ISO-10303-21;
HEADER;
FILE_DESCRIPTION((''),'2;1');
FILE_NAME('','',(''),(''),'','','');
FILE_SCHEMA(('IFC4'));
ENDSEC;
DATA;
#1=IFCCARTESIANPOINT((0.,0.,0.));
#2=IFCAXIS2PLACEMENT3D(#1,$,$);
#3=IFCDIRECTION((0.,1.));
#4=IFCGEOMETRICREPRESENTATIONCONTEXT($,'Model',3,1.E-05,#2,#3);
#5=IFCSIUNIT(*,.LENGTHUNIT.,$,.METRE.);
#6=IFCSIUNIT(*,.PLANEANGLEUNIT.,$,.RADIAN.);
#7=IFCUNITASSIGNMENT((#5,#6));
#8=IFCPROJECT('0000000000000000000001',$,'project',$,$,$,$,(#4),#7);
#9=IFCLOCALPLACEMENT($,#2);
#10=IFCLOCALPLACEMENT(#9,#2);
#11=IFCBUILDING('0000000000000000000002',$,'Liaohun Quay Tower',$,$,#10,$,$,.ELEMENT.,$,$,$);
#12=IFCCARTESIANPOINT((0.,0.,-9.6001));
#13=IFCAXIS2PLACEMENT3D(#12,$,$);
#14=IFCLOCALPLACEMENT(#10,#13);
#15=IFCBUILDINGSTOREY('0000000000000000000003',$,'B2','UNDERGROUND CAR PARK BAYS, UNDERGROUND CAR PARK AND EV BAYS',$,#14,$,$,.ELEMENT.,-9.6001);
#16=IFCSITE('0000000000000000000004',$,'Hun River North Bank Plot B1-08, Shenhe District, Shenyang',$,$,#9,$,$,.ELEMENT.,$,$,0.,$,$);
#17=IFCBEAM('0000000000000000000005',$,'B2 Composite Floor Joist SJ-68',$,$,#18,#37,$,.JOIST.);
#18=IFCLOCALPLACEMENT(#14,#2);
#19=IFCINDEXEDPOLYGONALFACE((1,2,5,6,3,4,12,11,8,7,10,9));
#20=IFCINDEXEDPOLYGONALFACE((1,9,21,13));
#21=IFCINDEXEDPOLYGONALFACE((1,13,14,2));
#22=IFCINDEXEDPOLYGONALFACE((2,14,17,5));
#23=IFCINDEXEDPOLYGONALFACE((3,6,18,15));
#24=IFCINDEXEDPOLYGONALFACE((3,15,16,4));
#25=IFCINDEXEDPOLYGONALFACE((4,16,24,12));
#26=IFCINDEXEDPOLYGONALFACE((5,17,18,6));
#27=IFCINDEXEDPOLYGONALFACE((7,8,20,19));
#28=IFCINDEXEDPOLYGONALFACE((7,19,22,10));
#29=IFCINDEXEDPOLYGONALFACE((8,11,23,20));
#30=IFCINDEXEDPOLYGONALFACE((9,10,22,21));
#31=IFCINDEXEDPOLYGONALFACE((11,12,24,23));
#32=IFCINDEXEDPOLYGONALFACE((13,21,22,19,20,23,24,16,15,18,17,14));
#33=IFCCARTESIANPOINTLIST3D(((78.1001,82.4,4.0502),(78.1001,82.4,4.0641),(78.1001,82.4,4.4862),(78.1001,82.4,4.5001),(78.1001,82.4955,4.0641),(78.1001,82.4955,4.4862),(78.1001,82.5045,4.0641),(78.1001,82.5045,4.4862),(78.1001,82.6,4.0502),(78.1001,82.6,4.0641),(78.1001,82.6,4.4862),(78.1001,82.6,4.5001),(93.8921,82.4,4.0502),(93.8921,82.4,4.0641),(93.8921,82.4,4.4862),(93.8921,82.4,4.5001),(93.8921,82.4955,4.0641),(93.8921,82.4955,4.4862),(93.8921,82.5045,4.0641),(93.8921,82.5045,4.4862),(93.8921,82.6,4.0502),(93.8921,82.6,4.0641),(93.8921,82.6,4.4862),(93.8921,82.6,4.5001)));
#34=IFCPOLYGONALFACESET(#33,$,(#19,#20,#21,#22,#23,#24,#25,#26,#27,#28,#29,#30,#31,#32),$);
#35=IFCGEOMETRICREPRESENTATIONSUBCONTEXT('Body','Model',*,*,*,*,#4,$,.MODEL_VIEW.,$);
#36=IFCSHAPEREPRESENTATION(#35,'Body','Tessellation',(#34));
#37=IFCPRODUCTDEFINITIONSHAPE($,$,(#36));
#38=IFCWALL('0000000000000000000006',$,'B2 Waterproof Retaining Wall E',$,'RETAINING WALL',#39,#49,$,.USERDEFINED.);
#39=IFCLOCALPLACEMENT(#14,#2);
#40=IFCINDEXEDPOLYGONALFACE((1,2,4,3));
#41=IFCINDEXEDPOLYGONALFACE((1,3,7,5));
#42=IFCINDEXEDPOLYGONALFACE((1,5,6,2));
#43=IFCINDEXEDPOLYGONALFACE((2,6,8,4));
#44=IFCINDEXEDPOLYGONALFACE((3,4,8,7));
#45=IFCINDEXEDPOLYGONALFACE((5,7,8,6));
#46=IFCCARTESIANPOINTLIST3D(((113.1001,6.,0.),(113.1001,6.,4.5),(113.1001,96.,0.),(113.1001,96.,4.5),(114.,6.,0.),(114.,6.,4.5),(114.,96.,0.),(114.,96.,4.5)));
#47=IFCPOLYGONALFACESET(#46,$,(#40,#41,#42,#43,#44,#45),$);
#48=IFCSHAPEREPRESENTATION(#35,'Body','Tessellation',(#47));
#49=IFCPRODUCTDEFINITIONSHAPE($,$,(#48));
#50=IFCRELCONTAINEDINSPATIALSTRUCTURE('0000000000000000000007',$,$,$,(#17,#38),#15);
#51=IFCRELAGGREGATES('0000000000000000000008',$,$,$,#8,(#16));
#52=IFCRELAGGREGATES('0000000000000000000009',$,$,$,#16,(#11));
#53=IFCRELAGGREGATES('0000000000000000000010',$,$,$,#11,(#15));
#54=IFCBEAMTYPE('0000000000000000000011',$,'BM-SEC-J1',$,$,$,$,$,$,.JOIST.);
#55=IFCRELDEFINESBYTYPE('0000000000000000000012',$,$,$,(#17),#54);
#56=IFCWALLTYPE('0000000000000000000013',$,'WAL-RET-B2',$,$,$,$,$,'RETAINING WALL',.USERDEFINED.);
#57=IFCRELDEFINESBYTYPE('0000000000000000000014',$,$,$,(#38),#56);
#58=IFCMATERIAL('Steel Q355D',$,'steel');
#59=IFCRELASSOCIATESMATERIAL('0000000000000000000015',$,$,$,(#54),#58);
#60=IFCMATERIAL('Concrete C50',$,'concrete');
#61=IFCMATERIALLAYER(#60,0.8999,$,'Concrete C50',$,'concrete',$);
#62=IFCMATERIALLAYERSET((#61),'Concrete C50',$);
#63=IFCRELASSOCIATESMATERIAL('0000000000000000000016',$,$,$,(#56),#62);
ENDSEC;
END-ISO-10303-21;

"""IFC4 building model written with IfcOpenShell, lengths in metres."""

from ifc_helpers import new_model, si_unit, direction, frame, frame_2d, origin, origin_2d, place, context, subcontext, project, spatial, rectangle, i_section, extrude, source, transform, mapped, material, layer, layer_set, material_profile, profile_set, type_object, element, save


model = new_model("IFC4")

# Units and contexts
model_context = context("Model", 3, precision=1e-05, world=origin(), true_north=direction((0.0, 1.0)))
body_context = subcontext(model_context, "Body", "Model", "MODEL_VIEW")
ifc_project = project(units=[si_unit("LENGTHUNIT", "METRE"), si_unit("PLANEANGLEUNIT", "RADIAN")], contexts=[model_context])

# Site, building, storey
site_placement = place(None, origin())
site = spatial("IfcSite", under=ifc_project, at=site_placement, Name="Hun River North Bank Plot B1-08, Shenhe District, Shenyang", CompositionType="ELEMENT", RefElevation=0.0)
building_placement = place(site_placement, origin())
building = spatial("IfcBuilding", under=site, at=building_placement, Name="Liaohun Quay Tower", CompositionType="ELEMENT")
storey_placement = place(building_placement, frame((0.0, 0.0, -9.6001)))
storey = spatial("IfcBuildingStorey", under=building, at=storey_placement, Name="B2", Description="UNDERGROUND CAR PARK BAYS, UNDERGROUND CAR PARK AND EV BAYS", CompositionType="ELEMENT", Elevation=-9.6001)

# Shared definitions
ifc_material_1 = material(Name="Concrete C50", Category="concrete")

# Beam
ifc_material_2 = material(Name="Steel Q355D", Category="steel")
ifc_material_profile_1 = material_profile(ifc_material_2, i_section(OverallWidth=0.2, OverallDepth=0.45, WebThickness=0.009, FlangeThickness=0.0139, at=origin_2d()), Name="HN450x200x9x14")
ifc_profile_set_1 = profile_set([ifc_material_profile_1], Name="Steel Q355D")
beam_type_1 = type_object("IfcBeamType", Name="BM-SEC-J1", PredefinedType="JOIST", material=ifc_profile_set_1)
shared_shape_1 = source(origin(), body_context, "Body", "SweptSolid", [
    extrude(i_section(OverallWidth=0.2, OverallDepth=0.45, WebThickness=0.009, FlangeThickness=0.0139, at=origin_2d()), origin(), (0.0, 0.0, 1.0), 15.792),
])
beam_1_placement = place(storey_placement, frame((78.1001, 82.5, 4.2751), z_axis=(1.0, 0.0, 0.0), x_axis=(0.0, 1.0, 0.0)))
element("IfcBeam", 1, at=beam_1_placement, inside=storey, type_object=beam_type_1, Name="B2 Composite Floor Joist SJ-68", PredefinedType="JOIST", context=body_context, shape_type="MappedRepresentation", body=[
    mapped(shared_shape_1, transform((0.0, 0.0, 0.0), x_axis=(1.0, 0.0, 0.0), y_axis=(0.0, 1.0, 0.0), z_axis=(0.0, 0.0, 1.0), scale=1.0)),
])

# Wall
ifc_layer = layer(ifc_material_1, 0.8999, Name="Concrete C50", Category="concrete")
ifc_layer_set = layer_set([ifc_layer], Name="Concrete C50")
wall_type = type_object("IfcWallType", Name="WAL-RET-B2", ElementType="RETAINING WALL", PredefinedType="USERDEFINED", material=ifc_layer_set)
wall_placement = place(storey_placement, frame((113.55, 96.0, 0.0), z_axis=(0.0, 0.0, 1.0), x_axis=(0.0, -1.0, 0.0)))
element("IfcWall", 2, at=wall_placement, inside=storey, type_object=wall_type, Name="B2 Waterproof Retaining Wall E", ObjectType="RETAINING WALL", PredefinedType="USERDEFINED", context=body_context, shape_type="SweptSolid", body=[
    extrude(rectangle(XDim=90.0, YDim=0.8999, at=frame_2d((45.0, 0.0))), origin(), (0.0, 0.0, 1.0), 4.5),
])

save(model, "model.ifc")
